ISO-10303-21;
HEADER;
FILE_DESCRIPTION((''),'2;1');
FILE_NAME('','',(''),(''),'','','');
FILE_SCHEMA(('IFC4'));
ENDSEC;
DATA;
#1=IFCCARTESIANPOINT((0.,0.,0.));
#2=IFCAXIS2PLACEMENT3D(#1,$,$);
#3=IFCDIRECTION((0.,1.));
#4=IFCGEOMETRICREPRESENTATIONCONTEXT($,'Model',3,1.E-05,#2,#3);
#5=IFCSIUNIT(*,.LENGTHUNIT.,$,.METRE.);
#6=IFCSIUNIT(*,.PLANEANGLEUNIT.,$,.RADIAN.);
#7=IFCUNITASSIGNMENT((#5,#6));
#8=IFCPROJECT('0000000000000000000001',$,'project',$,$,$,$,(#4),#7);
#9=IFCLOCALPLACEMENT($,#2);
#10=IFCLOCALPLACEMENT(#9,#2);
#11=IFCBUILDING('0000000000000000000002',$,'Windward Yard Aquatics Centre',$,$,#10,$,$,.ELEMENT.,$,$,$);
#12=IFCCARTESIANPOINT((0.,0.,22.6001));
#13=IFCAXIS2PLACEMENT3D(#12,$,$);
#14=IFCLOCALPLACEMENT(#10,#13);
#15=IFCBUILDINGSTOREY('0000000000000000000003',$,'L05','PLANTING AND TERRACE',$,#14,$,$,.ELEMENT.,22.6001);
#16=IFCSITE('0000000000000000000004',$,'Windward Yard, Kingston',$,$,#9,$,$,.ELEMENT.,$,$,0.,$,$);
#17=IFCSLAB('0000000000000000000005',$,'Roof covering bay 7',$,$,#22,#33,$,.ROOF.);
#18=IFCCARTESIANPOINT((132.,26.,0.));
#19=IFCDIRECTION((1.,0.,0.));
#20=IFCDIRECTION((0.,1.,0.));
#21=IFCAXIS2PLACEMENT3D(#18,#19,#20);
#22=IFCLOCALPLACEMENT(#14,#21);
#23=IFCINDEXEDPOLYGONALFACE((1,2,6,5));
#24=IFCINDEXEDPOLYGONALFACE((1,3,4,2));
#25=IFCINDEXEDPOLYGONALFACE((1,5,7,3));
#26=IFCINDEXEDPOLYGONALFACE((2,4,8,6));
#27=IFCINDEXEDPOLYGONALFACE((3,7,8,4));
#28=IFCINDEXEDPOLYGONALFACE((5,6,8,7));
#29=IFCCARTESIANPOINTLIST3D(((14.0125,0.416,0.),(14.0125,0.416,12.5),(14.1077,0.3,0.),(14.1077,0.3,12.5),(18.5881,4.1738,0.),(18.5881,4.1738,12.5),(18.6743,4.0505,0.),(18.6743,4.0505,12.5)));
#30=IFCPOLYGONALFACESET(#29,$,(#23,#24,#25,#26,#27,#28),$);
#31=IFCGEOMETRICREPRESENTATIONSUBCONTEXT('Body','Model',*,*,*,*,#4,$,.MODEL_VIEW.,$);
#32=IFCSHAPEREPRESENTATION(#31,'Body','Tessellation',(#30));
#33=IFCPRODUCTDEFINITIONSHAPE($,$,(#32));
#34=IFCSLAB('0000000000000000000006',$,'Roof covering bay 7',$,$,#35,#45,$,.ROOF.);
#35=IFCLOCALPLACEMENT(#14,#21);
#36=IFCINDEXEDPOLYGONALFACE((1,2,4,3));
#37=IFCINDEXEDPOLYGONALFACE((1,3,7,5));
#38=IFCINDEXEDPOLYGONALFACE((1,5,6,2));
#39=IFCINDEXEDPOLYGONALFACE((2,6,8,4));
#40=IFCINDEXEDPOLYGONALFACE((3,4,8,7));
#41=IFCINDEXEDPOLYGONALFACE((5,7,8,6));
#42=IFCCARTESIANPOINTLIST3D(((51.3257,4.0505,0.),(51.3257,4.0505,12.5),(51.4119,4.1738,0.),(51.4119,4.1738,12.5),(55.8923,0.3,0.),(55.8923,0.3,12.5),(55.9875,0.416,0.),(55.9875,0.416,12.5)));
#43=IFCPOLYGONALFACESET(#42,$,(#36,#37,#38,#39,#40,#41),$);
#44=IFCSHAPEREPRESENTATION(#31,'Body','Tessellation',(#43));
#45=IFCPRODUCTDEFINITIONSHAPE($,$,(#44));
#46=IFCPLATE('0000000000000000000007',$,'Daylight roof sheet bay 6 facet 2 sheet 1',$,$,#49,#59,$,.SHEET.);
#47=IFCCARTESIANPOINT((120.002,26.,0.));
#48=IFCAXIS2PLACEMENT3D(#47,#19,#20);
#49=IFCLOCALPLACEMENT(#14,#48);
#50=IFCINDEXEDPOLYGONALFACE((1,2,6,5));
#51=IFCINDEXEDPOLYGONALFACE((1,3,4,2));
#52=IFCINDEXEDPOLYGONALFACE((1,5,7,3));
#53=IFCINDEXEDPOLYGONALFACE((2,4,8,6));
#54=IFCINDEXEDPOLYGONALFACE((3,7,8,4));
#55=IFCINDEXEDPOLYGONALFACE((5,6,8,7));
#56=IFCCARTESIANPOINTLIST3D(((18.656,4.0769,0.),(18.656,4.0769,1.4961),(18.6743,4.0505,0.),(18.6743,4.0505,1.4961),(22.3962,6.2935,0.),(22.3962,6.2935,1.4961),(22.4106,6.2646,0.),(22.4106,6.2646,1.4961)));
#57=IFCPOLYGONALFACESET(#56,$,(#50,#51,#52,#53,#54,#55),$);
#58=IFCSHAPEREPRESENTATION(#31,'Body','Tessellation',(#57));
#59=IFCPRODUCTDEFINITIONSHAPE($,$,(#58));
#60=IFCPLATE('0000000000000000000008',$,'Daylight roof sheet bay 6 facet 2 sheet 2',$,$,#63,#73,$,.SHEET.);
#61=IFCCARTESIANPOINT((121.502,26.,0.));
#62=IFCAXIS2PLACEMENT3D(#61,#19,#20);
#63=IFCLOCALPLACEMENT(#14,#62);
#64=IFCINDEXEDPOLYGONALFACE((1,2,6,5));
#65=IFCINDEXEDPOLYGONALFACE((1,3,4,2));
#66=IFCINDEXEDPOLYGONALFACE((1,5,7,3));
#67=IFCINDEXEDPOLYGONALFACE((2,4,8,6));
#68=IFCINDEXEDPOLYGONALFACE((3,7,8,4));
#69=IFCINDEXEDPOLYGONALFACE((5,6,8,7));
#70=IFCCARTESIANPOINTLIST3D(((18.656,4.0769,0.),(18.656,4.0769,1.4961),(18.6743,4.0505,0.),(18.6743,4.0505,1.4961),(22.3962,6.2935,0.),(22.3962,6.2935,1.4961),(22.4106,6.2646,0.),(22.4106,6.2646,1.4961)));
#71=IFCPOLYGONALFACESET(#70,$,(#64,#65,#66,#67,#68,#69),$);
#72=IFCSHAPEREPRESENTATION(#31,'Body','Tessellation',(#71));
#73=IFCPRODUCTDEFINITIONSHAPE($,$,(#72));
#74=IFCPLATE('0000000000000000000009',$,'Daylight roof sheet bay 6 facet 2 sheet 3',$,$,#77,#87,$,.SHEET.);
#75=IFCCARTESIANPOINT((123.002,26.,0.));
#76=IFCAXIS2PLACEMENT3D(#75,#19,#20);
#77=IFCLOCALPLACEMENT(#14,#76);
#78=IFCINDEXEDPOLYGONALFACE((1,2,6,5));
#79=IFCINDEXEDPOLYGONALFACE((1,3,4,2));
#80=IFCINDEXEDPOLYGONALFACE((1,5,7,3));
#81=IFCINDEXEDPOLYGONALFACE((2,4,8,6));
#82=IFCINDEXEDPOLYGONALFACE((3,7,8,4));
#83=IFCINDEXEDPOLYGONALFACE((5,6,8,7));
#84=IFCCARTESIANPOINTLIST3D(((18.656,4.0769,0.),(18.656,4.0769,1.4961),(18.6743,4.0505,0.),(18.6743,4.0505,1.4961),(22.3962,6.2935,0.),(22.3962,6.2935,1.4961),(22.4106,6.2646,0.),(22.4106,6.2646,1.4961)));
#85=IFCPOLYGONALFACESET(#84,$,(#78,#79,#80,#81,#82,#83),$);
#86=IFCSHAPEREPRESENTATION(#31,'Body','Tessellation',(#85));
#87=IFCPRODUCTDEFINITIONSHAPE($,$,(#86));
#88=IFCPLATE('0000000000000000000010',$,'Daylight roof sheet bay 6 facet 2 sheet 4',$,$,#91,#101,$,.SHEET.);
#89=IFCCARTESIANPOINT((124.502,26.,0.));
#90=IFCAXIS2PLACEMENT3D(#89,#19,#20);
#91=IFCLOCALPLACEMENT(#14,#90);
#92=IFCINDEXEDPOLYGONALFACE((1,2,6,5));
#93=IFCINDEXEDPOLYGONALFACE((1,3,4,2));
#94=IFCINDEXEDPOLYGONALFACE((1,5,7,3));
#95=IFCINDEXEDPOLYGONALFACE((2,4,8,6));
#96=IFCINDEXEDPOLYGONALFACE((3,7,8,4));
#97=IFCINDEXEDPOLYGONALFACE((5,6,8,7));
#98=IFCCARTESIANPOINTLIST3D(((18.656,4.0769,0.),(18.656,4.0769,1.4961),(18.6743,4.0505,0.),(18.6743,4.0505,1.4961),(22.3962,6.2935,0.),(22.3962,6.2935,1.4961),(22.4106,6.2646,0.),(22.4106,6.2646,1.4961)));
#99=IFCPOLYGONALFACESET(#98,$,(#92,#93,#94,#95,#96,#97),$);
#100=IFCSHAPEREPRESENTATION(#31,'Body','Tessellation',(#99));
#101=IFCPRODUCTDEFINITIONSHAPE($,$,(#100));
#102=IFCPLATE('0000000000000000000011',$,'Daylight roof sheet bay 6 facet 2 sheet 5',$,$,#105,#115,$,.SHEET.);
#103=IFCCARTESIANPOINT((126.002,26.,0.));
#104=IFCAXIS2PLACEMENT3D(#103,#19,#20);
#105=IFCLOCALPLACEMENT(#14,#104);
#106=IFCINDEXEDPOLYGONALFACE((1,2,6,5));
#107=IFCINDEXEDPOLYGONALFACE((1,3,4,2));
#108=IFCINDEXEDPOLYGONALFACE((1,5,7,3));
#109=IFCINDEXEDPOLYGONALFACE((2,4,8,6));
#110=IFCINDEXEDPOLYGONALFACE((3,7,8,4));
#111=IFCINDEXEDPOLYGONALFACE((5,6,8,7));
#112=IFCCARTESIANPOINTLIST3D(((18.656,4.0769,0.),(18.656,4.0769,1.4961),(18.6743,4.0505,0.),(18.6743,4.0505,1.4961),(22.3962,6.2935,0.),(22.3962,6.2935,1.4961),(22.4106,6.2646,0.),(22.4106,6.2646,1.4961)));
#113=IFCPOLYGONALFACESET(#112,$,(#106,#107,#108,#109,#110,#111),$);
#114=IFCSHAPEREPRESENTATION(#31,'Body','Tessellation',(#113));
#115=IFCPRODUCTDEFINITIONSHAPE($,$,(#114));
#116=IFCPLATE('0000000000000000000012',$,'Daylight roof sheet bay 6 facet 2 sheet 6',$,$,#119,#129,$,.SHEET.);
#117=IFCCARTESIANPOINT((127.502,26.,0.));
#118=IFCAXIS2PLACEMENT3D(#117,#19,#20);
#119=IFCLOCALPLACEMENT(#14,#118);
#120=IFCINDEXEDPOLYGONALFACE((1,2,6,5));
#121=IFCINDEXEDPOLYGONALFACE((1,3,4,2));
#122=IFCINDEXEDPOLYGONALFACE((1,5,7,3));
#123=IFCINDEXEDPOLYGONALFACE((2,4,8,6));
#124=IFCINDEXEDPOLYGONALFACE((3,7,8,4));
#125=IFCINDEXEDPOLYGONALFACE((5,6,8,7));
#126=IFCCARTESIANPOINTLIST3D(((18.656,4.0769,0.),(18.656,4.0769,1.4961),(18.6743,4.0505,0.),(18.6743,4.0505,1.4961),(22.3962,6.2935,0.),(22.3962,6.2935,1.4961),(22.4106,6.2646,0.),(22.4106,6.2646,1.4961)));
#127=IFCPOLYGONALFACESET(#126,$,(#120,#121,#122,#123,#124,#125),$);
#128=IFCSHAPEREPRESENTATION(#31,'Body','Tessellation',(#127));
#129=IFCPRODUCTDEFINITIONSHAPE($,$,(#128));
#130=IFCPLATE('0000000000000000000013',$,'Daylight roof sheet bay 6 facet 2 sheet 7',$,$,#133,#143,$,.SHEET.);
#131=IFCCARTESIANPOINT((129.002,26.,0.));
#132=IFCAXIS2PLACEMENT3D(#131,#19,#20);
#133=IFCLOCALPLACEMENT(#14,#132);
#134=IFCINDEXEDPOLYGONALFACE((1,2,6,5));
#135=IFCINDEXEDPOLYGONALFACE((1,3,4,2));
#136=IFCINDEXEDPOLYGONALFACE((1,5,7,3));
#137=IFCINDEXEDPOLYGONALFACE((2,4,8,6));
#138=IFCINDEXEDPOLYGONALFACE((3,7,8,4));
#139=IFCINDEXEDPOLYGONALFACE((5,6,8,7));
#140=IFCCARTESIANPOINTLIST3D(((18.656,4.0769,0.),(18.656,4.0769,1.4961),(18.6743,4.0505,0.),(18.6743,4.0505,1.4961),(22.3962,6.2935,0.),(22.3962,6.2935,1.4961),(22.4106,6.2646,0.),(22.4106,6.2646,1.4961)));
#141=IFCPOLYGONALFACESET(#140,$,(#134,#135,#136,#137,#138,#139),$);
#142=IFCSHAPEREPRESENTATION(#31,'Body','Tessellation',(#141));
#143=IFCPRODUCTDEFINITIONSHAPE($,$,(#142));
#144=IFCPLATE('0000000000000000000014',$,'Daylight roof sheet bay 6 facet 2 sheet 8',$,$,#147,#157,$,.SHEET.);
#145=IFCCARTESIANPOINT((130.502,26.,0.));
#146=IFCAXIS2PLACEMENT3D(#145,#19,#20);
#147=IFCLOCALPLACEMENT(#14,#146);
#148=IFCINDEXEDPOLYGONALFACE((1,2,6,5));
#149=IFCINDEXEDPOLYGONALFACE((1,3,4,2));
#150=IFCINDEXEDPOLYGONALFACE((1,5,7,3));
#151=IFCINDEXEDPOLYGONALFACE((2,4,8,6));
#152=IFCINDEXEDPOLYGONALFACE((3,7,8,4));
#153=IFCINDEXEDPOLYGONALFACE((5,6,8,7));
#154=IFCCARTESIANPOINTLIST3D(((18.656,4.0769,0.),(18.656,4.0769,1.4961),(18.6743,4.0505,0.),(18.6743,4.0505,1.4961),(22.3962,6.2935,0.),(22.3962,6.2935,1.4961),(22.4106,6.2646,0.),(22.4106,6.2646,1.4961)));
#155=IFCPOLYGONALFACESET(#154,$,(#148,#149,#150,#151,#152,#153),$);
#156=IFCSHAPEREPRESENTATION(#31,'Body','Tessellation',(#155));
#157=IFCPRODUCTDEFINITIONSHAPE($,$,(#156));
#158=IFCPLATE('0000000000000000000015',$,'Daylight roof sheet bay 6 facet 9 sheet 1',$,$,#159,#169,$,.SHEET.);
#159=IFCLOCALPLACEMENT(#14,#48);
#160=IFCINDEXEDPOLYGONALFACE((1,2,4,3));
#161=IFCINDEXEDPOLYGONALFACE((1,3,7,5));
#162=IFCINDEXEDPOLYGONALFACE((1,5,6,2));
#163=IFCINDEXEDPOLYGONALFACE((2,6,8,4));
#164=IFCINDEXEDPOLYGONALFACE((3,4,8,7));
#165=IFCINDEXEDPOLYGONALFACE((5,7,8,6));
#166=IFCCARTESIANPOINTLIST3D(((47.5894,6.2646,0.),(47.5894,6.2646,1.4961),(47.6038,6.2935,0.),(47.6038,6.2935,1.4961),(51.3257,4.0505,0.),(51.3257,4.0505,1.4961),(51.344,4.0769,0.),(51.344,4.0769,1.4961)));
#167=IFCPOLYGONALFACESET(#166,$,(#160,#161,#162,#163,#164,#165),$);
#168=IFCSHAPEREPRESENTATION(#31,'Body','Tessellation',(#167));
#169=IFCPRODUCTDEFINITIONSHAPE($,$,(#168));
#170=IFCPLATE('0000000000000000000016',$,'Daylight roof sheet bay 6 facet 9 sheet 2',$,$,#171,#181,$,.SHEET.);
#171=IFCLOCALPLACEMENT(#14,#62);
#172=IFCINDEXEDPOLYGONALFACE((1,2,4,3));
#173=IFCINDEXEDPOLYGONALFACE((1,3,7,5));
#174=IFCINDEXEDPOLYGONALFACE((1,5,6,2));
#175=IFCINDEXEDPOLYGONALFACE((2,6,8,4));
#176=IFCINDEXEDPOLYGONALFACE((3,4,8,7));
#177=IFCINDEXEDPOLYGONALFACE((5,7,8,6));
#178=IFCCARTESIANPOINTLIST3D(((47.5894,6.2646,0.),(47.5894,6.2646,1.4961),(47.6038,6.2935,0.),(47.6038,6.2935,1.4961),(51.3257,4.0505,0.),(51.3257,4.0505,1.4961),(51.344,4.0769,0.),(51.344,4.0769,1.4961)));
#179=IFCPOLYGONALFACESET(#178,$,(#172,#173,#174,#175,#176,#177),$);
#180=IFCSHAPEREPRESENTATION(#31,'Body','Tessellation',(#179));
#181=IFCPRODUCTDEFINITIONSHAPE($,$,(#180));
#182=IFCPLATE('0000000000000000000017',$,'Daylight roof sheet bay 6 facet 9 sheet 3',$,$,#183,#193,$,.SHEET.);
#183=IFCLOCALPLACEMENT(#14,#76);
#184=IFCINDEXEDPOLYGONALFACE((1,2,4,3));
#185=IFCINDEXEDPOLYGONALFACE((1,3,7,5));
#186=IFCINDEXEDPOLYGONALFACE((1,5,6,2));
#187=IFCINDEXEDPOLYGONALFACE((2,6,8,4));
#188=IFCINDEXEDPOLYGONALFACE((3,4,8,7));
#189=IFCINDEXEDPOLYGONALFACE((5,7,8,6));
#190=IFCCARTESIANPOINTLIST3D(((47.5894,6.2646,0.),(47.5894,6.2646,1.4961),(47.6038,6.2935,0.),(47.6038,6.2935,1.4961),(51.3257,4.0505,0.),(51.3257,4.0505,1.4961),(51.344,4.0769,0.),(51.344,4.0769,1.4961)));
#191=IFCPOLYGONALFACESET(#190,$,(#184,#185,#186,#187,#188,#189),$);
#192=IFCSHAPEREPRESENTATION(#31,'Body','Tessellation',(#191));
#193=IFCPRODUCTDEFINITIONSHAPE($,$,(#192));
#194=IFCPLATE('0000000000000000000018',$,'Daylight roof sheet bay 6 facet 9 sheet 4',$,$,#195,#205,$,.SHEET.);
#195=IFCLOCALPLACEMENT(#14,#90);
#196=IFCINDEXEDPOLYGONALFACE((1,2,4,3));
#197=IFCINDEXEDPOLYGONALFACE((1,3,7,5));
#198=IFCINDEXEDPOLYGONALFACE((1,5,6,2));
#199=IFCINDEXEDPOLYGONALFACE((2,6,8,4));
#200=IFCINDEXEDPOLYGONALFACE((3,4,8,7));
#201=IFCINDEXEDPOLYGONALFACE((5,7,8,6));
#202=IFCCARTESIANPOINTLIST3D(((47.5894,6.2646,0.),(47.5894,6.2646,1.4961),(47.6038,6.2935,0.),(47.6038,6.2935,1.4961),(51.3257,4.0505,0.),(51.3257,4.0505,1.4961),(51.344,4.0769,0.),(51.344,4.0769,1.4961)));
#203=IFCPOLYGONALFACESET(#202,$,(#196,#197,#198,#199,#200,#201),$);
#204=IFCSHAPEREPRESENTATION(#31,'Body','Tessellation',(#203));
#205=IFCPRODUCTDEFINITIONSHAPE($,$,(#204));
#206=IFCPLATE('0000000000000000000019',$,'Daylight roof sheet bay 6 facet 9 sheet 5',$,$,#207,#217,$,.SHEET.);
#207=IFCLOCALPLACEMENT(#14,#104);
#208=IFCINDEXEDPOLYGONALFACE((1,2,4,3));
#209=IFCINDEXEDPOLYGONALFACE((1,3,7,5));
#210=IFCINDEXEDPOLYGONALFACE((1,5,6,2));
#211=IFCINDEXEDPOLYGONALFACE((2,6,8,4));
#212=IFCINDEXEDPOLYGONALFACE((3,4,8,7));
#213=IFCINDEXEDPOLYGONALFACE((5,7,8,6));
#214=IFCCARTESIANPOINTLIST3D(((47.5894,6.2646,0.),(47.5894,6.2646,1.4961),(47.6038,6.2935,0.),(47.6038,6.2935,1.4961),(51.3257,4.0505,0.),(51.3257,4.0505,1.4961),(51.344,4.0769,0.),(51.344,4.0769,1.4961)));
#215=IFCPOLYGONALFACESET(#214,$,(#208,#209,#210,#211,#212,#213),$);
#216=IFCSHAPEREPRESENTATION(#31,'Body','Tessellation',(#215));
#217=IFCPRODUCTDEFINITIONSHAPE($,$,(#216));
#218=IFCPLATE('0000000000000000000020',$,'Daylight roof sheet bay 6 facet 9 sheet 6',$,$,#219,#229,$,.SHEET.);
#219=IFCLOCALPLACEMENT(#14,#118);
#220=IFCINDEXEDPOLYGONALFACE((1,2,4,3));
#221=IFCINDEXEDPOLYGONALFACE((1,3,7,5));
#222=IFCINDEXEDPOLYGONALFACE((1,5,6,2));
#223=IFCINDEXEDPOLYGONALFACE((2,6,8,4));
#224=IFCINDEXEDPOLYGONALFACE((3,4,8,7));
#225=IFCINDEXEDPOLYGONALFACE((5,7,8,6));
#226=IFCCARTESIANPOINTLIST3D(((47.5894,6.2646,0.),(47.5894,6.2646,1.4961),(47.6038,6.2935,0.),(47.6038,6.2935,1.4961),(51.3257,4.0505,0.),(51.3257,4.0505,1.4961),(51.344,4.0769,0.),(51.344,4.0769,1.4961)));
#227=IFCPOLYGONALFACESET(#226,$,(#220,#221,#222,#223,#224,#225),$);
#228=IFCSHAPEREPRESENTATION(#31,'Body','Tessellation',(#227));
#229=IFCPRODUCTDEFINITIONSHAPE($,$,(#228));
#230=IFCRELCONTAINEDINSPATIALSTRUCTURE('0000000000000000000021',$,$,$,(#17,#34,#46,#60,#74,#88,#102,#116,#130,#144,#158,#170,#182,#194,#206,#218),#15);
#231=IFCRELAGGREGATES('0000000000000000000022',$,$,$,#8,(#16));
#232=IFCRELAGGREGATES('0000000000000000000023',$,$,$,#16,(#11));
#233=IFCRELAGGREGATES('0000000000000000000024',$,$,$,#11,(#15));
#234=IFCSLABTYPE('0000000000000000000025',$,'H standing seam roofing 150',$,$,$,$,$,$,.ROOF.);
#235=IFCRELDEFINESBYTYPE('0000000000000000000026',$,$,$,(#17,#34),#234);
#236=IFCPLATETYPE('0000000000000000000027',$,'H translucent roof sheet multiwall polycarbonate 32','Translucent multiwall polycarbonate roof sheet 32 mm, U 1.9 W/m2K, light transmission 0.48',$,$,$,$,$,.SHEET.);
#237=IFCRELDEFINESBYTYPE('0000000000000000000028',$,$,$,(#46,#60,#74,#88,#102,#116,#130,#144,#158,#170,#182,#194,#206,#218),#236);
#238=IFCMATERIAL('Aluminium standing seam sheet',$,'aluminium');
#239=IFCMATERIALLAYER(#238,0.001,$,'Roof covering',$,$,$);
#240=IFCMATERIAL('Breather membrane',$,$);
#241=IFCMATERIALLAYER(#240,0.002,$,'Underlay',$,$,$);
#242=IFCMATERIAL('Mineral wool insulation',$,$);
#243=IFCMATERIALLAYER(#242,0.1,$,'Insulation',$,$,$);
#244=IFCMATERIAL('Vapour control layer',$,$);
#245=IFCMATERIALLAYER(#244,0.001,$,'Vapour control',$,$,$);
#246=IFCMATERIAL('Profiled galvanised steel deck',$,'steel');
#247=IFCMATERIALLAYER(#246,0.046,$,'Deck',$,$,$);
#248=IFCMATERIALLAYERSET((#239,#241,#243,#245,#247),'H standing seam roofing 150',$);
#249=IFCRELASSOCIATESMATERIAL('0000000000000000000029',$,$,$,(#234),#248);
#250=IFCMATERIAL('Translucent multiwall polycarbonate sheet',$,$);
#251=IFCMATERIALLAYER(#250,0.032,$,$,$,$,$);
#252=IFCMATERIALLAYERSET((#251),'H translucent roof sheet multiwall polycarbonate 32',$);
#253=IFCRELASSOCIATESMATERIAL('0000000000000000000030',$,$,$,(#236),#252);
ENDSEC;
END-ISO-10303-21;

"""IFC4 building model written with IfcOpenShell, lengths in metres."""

from ifc_helpers import new_model, si_unit, direction, frame, origin, place, context, subcontext, project, spatial, polyline, outline, extrude, material, layer, layer_set, type_object, element, save


model = new_model("IFC4")

# Units and contexts
model_context = context("Model", 3, precision=1e-05, world=origin(), true_north=direction((0.0, 1.0)))
body_context = subcontext(model_context, "Body", "Model", "MODEL_VIEW")
ifc_project = project(units=[si_unit("LENGTHUNIT", "METRE"), si_unit("PLANEANGLEUNIT", "RADIAN")], contexts=[model_context])

# Site, building, storey
site_placement = place(None, origin())
site = spatial("IfcSite", under=ifc_project, at=site_placement, Name="Windward Yard, Kingston", CompositionType="ELEMENT", RefElevation=0.0)
building_placement = place(site_placement, origin())
building = spatial("IfcBuilding", under=site, at=building_placement, Name="Windward Yard Aquatics Centre", CompositionType="ELEMENT")
storey_placement = place(building_placement, frame((0.0, 0.0, 22.6001)))
storey = spatial("IfcBuildingStorey", under=building, at=storey_placement, Name="L05", Description="PLANTING AND TERRACE", CompositionType="ELEMENT", Elevation=22.6001)

# Slabs
ifc_material_1 = material(Name="Aluminium standing seam sheet", Category="aluminium")
ifc_layer_1 = layer(ifc_material_1, 0.001, Name="Roof covering")
ifc_material_2 = material(Name="Breather membrane")
ifc_layer_2 = layer(ifc_material_2, 0.002, Name="Underlay")
ifc_material_3 = material(Name="Mineral wool insulation")
ifc_layer_3 = layer(ifc_material_3, 0.1, Name="Insulation")
ifc_material_4 = material(Name="Vapour control layer")
ifc_layer_4 = layer(ifc_material_4, 0.001, Name="Vapour control")
ifc_material_5 = material(Name="Profiled galvanised steel deck", Category="steel")
ifc_layer_5 = layer(ifc_material_5, 0.046, Name="Deck")
ifc_layer_set_1 = layer_set([ifc_layer_1, ifc_layer_2, ifc_layer_3, ifc_layer_4, ifc_layer_5], Name="H standing seam roofing 150")
slab_type = type_object("IfcSlabType", Name="H standing seam roofing 150", PredefinedType="ROOF", material=ifc_layer_set_1)
slab_1_placement = place(storey_placement, frame((132.0, 26.0, 0.0), z_axis=(1.0, 0.0, 0.0), x_axis=(0.0, 1.0, 0.0)))
element("IfcSlab", 1, at=slab_1_placement, inside=storey, type_object=slab_type, Name="Roof covering bay 7", PredefinedType="ROOF", context=body_context, shape_type="SweptSolid", body=[
    extrude(outline(polyline([(14.1077, 0.3), (18.6743, 4.0505), (18.5881, 4.1738), (14.0125, 0.416), (14.1077, 0.3)])), origin(), (0.0, 0.0, 1.0), 12.5),
])
slab_2_placement = place(storey_placement, frame((132.0, 26.0, 0.0), z_axis=(1.0, 0.0, 0.0), x_axis=(0.0, 1.0, 0.0)))
element("IfcSlab", 2, at=slab_2_placement, inside=storey, type_object=slab_type, Name="Roof covering bay 7", PredefinedType="ROOF", context=body_context, shape_type="SweptSolid", body=[
    extrude(outline(polyline([(51.3257, 4.0505), (55.8923, 0.3), (55.9875, 0.416), (51.4119, 4.1738), (51.3257, 4.0505)])), origin(), (0.0, 0.0, 1.0), 12.5),
])

# Plates
ifc_material_6 = material(Name="Translucent multiwall polycarbonate sheet")
ifc_layer_6 = layer(ifc_material_6, 0.032)
ifc_layer_set_2 = layer_set([ifc_layer_6], Name="H translucent roof sheet multiwall polycarbonate 32")
plate_type = type_object("IfcPlateType", Name="H translucent roof sheet multiwall polycarbonate 32", Description="Translucent multiwall polycarbonate roof sheet 32 mm, U 1.9 W/m2K, light transmission 0.48", PredefinedType="SHEET", material=ifc_layer_set_2)
for number, where, z_axis, x_axis, name in (
    (3, (120.002, 26.0, 0.0), (1.0, 0.0, 0.0), (0.0, 1.0, 0.0), "Daylight roof sheet bay 6 facet 2 sheet 1"),
    (4, (121.502, 26.0, 0.0), (1.0, 0.0, 0.0), (0.0, 1.0, 0.0), "Daylight roof sheet bay 6 facet 2 sheet 2"),
    (5, (123.002, 26.0, 0.0), (1.0, 0.0, 0.0), (0.0, 1.0, 0.0), "Daylight roof sheet bay 6 facet 2 sheet 3"),
    (6, (124.502, 26.0, 0.0), (1.0, 0.0, 0.0), (0.0, 1.0, 0.0), "Daylight roof sheet bay 6 facet 2 sheet 4"),
    (7, (126.002, 26.0, 0.0), (1.0, 0.0, 0.0), (0.0, 1.0, 0.0), "Daylight roof sheet bay 6 facet 2 sheet 5"),
    (8, (127.502, 26.0, 0.0), (1.0, 0.0, 0.0), (0.0, 1.0, 0.0), "Daylight roof sheet bay 6 facet 2 sheet 6"),
    (9, (129.002, 26.0, 0.0), (1.0, 0.0, 0.0), (0.0, 1.0, 0.0), "Daylight roof sheet bay 6 facet 2 sheet 7"),
    (10, (130.502, 26.0, 0.0), (1.0, 0.0, 0.0), (0.0, 1.0, 0.0), "Daylight roof sheet bay 6 facet 2 sheet 8"),
):
    element("IfcPlate", number, at=place(storey_placement, frame(where, z_axis=z_axis, x_axis=x_axis)), inside=storey, type_object=plate_type, Name=name, PredefinedType="SHEET", context=body_context, shape_type="SweptSolid", body=[
        extrude(outline(polyline([(18.6743, 4.0505), (22.4106, 6.2646), (22.3962, 6.2935), (18.656, 4.0769), (18.6743, 4.0505)])), origin(), (0.0, 0.0, 1.0), 1.4961),
    ])
for number, where, z_axis, x_axis, name in (
    (11, (120.002, 26.0, 0.0), (1.0, 0.0, 0.0), (0.0, 1.0, 0.0), "Daylight roof sheet bay 6 facet 9 sheet 1"),
    (12, (121.502, 26.0, 0.0), (1.0, 0.0, 0.0), (0.0, 1.0, 0.0), "Daylight roof sheet bay 6 facet 9 sheet 2"),
    (13, (123.002, 26.0, 0.0), (1.0, 0.0, 0.0), (0.0, 1.0, 0.0), "Daylight roof sheet bay 6 facet 9 sheet 3"),
    (14, (124.502, 26.0, 0.0), (1.0, 0.0, 0.0), (0.0, 1.0, 0.0), "Daylight roof sheet bay 6 facet 9 sheet 4"),
    (15, (126.002, 26.0, 0.0), (1.0, 0.0, 0.0), (0.0, 1.0, 0.0), "Daylight roof sheet bay 6 facet 9 sheet 5"),
    (16, (127.502, 26.0, 0.0), (1.0, 0.0, 0.0), (0.0, 1.0, 0.0), "Daylight roof sheet bay 6 facet 9 sheet 6"),
):
    element("IfcPlate", number, at=place(storey_placement, frame(where, z_axis=z_axis, x_axis=x_axis)), inside=storey, type_object=plate_type, Name=name, PredefinedType="SHEET", context=body_context, shape_type="SweptSolid", body=[
        extrude(outline(polyline([(47.5894, 6.2646), (51.3257, 4.0505), (51.344, 4.0769), (47.6038, 6.2935), (47.5894, 6.2646)])), origin(), (0.0, 0.0, 1.0), 1.4961),
    ])

save(model, "model.ifc")
